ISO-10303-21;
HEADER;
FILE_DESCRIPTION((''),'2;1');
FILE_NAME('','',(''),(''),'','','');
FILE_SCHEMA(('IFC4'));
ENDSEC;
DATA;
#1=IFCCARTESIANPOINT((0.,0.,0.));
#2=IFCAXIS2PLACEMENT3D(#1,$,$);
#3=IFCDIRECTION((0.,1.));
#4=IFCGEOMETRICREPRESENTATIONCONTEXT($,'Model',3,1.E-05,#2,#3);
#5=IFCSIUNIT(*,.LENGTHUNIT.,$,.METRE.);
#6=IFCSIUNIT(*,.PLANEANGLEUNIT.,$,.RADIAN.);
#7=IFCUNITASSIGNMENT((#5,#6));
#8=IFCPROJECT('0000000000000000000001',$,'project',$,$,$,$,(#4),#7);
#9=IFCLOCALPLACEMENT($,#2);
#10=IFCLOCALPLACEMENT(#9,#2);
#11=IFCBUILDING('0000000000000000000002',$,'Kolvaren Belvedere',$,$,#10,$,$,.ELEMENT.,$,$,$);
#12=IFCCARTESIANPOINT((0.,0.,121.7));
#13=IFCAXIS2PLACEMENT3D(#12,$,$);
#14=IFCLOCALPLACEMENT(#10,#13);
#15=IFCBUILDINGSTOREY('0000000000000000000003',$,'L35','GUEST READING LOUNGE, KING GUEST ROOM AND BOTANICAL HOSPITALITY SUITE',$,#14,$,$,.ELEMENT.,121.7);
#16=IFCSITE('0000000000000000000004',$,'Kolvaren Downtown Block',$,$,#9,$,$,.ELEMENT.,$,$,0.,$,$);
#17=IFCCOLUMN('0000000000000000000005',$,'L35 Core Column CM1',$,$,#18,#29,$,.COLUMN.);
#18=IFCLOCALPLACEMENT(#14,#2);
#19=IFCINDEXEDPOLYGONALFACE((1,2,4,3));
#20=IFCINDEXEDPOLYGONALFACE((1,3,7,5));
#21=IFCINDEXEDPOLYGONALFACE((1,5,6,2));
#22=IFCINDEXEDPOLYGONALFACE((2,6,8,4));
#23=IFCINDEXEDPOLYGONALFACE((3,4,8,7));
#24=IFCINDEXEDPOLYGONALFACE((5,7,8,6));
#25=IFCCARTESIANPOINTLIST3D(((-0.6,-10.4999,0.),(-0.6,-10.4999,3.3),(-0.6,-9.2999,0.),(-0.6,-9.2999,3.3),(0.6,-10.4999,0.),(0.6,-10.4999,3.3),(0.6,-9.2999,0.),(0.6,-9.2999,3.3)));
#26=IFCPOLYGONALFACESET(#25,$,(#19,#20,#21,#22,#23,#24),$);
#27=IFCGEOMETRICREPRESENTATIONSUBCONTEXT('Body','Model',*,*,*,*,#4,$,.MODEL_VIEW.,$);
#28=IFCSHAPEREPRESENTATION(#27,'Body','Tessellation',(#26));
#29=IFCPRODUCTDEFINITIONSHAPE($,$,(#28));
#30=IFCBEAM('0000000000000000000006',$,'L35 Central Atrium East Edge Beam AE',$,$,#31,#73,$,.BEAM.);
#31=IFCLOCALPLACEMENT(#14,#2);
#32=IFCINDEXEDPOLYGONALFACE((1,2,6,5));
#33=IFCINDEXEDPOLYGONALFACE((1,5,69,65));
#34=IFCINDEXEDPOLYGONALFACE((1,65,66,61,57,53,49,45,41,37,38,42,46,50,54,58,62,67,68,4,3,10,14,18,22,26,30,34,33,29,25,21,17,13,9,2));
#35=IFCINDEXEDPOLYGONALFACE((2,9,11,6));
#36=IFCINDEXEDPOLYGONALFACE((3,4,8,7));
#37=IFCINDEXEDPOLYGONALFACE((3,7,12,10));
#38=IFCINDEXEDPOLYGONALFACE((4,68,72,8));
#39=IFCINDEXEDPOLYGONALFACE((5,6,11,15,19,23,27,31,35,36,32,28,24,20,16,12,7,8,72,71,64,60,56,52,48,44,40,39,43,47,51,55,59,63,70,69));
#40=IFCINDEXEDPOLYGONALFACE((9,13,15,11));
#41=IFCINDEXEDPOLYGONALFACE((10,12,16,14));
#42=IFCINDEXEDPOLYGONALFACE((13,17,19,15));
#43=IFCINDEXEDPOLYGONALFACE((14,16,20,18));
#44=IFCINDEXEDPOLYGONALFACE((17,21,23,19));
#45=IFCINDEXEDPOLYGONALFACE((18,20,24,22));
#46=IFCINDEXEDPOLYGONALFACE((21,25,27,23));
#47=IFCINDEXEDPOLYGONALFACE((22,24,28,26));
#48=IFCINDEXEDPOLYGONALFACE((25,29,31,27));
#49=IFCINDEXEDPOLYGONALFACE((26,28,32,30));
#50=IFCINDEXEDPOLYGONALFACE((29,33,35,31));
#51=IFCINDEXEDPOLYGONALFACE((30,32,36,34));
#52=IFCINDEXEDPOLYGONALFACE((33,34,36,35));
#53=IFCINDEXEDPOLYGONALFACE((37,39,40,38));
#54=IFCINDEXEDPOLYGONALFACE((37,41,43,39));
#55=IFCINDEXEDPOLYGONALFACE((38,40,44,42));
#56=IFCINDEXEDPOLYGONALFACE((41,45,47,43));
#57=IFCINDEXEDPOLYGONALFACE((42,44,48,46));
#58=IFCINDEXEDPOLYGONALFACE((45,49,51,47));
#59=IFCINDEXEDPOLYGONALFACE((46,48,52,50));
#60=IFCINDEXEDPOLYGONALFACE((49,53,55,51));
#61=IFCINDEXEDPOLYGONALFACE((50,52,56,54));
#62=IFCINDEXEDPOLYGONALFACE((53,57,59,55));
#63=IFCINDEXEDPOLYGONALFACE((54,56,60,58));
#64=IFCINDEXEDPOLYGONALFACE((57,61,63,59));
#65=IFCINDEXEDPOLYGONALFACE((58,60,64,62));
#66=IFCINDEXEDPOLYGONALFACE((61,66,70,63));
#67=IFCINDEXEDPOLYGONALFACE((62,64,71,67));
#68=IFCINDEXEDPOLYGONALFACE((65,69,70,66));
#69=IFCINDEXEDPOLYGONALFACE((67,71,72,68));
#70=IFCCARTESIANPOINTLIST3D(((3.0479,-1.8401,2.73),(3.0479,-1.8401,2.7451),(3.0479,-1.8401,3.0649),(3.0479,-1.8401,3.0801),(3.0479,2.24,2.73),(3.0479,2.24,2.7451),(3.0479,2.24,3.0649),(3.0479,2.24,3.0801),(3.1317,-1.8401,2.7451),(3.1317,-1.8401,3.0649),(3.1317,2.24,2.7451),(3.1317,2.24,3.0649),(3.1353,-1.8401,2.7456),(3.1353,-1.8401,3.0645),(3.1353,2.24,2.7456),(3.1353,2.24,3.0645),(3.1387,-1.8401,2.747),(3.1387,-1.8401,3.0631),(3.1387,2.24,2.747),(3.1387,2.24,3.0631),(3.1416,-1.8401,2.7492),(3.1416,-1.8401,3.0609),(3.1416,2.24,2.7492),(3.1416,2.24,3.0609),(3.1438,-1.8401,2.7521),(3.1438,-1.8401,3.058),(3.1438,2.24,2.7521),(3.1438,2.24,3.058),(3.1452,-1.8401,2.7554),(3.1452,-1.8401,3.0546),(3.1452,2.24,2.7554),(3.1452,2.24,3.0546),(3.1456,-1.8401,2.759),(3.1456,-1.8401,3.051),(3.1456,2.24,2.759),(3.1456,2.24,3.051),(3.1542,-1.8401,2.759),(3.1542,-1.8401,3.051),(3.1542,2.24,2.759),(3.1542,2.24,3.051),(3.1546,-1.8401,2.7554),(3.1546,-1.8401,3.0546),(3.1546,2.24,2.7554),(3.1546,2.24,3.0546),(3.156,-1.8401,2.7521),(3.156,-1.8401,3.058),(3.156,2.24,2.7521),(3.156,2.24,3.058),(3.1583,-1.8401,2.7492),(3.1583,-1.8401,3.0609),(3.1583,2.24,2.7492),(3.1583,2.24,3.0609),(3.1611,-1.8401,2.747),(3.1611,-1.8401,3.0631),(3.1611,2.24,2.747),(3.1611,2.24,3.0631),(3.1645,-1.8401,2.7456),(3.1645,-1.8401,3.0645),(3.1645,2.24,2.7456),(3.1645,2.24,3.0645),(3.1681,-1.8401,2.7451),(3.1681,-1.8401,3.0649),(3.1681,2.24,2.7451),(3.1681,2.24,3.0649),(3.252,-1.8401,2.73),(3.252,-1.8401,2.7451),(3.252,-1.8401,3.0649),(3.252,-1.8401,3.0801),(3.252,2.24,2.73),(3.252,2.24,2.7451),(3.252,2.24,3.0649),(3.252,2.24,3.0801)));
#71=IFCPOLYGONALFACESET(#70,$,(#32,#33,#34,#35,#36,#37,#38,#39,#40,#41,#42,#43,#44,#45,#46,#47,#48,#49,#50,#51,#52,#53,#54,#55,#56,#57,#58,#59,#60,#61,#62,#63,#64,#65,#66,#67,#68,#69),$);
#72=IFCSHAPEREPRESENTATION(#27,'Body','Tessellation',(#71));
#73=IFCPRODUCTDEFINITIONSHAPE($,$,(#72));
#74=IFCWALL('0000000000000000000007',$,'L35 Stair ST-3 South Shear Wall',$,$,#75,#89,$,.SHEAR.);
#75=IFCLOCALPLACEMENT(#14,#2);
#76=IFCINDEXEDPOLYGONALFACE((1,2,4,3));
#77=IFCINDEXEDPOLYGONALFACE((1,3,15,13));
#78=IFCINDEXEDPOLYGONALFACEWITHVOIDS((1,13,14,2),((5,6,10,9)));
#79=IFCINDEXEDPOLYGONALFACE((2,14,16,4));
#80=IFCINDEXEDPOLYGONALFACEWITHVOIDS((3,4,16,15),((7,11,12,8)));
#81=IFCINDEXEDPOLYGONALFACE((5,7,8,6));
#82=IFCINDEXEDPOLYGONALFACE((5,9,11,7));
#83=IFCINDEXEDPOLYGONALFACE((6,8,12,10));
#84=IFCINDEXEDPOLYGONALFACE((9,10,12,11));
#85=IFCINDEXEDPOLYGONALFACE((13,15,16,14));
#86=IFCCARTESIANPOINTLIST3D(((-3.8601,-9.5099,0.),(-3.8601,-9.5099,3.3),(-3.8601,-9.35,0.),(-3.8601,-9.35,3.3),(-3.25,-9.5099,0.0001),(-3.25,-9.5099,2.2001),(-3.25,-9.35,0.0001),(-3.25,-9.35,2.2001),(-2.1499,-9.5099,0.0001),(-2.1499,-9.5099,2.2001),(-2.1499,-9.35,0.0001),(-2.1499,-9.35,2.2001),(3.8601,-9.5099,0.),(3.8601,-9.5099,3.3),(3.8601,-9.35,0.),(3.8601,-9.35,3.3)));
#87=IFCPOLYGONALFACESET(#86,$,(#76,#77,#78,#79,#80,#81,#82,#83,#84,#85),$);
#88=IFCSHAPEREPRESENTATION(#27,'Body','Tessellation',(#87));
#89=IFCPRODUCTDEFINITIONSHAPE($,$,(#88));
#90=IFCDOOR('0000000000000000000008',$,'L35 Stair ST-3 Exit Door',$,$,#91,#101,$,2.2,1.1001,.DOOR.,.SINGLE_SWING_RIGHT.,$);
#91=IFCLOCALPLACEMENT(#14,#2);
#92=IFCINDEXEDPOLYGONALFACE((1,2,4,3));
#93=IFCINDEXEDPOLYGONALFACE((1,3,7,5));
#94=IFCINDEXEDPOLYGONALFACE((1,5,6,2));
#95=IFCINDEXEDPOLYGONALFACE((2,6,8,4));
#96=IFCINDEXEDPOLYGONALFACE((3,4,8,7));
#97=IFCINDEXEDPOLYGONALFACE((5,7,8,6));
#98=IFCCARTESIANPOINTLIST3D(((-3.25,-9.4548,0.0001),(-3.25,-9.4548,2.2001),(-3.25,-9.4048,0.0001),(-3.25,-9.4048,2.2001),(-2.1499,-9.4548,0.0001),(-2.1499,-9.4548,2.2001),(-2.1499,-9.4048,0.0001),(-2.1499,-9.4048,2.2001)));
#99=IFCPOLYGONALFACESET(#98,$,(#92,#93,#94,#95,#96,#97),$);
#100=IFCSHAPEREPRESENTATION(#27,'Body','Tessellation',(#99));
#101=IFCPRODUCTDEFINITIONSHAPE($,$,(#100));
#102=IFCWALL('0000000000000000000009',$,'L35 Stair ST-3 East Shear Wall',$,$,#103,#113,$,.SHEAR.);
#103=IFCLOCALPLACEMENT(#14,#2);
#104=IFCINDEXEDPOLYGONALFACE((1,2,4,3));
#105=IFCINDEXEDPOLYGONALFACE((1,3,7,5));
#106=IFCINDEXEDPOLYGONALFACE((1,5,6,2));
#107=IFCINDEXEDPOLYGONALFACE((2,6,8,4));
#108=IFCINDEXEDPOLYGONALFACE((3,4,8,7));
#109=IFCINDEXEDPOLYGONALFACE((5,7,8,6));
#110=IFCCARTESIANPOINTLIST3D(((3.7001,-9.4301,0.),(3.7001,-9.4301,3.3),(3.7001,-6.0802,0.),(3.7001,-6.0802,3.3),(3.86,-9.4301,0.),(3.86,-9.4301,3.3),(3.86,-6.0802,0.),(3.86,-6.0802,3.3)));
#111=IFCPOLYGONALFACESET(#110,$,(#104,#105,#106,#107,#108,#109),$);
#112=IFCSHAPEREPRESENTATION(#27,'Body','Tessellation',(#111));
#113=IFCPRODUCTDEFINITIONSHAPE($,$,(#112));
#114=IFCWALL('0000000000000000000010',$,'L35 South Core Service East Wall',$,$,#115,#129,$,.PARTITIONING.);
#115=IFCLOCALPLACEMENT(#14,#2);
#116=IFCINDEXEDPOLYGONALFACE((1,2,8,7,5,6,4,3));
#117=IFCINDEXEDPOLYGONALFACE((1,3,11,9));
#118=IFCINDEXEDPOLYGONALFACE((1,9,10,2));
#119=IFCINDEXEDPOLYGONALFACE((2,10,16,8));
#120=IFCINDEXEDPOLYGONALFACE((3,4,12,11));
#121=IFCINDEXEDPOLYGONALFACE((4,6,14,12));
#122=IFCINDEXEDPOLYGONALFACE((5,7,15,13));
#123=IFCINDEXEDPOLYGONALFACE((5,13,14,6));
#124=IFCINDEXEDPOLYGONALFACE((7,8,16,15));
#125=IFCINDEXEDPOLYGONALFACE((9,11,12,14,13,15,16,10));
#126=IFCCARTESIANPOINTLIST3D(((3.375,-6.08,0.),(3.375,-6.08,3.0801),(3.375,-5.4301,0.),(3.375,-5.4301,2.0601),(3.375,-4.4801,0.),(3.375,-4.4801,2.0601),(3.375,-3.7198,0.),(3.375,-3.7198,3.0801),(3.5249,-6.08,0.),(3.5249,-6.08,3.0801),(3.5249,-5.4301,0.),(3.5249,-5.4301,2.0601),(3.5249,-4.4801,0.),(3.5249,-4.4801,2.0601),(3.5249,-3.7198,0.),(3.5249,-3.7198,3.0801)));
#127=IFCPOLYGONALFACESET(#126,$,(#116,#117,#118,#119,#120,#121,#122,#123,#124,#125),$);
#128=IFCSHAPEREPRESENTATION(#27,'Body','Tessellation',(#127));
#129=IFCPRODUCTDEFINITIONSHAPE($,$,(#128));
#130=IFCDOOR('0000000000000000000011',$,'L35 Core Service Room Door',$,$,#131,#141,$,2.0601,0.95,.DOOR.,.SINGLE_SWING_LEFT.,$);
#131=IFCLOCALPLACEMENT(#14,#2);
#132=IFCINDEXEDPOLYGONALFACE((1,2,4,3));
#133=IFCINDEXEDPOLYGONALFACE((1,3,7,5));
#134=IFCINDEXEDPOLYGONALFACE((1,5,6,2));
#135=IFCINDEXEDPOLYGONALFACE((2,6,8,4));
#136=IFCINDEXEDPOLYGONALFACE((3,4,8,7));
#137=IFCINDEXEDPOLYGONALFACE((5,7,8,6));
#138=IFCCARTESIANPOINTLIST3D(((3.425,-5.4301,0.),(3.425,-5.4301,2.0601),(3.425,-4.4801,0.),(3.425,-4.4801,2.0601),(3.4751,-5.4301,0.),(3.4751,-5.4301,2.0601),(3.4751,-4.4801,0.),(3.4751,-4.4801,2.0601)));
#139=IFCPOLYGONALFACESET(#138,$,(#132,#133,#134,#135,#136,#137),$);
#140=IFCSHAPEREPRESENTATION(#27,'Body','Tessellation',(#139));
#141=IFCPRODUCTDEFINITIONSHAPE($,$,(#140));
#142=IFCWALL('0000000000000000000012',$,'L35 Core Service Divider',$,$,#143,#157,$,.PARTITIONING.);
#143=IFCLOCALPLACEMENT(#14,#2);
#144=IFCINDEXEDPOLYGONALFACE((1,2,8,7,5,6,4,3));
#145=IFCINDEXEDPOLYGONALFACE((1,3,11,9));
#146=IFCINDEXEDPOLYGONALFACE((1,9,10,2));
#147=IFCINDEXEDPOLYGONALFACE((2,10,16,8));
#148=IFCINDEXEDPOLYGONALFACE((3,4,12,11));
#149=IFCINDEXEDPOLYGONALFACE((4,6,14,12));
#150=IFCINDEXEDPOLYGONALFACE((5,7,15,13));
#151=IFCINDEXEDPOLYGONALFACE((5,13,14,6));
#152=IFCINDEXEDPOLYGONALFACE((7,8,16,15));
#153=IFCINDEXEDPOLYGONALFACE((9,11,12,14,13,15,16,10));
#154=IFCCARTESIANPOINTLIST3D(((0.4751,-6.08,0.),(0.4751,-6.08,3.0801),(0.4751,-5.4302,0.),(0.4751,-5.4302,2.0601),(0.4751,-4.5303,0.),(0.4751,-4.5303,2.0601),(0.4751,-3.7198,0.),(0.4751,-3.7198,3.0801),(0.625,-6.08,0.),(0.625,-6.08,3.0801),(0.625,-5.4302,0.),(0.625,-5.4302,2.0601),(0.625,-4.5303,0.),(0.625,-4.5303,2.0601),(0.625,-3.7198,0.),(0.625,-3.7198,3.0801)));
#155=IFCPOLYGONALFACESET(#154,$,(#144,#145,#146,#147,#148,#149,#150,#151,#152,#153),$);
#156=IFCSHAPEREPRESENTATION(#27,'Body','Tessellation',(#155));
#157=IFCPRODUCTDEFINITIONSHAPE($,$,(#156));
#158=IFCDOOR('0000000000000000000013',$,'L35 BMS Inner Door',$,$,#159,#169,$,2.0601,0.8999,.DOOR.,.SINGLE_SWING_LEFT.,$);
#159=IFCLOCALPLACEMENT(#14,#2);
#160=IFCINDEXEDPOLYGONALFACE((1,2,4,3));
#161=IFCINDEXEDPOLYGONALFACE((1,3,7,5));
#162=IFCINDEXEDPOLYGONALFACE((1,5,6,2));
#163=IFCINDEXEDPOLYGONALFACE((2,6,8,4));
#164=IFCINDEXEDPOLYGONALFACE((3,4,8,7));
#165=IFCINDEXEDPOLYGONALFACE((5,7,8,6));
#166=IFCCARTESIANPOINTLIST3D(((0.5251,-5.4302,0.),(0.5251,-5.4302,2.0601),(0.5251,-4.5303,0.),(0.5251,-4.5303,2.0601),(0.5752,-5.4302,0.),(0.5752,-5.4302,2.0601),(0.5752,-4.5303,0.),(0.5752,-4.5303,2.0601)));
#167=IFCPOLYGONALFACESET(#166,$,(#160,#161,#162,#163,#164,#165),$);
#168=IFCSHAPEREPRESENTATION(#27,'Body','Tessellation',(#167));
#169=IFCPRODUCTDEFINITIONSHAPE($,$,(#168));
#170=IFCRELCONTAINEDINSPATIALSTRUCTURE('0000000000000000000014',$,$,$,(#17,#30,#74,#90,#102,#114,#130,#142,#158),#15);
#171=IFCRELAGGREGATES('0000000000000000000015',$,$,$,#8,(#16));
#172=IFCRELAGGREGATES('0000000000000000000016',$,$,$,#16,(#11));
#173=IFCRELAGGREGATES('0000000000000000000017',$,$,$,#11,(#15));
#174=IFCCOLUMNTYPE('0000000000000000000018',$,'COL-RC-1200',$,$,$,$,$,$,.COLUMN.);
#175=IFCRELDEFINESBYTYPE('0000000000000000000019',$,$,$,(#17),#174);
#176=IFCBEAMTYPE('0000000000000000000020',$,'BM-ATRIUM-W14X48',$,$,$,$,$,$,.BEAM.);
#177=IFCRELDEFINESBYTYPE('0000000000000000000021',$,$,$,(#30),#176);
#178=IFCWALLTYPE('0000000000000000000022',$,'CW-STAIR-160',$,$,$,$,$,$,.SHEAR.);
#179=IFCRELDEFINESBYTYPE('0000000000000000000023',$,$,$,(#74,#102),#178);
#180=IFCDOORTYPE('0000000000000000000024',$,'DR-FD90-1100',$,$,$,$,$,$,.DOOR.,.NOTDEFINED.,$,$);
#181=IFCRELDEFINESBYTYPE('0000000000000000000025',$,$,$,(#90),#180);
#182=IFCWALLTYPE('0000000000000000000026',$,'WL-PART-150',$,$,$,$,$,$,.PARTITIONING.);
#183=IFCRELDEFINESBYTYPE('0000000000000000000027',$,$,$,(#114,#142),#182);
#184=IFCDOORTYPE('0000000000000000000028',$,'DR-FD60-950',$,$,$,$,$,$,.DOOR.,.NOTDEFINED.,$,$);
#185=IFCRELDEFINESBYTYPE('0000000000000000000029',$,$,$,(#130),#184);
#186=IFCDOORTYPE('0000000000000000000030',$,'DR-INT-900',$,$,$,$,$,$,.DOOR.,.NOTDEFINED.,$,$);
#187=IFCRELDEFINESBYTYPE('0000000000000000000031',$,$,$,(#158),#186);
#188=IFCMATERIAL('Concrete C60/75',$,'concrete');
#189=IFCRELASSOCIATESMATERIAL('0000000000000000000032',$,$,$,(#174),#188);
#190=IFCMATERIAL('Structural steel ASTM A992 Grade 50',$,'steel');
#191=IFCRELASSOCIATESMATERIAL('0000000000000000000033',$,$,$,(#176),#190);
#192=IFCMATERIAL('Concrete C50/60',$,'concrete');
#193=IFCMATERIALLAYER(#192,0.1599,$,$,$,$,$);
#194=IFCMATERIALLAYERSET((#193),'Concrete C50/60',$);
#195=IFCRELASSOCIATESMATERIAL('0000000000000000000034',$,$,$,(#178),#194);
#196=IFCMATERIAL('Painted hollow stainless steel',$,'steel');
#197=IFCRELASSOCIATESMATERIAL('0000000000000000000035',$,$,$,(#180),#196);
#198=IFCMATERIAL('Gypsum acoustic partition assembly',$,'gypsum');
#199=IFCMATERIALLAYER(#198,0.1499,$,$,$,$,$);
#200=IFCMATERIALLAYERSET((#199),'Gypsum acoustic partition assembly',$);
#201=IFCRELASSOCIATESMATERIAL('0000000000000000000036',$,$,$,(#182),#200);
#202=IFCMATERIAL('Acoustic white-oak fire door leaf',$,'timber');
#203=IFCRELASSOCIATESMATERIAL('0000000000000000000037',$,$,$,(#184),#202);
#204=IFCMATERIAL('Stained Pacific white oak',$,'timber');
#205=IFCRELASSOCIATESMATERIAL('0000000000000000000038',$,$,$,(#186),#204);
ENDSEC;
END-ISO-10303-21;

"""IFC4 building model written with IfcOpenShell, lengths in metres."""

from ifc_helpers import new_model, si_unit, direction, frame, frame_2d, origin, origin_2d, place, context, subcontext, project, spatial, rectangle, i_section, extrude, material, layer, layer_set, material_profile, profile_set, type_object, element, fill, save


model = new_model("IFC4")

# Units and contexts
model_context = context("Model", 3, precision=1e-05, world=origin(), true_north=direction((0.0, 1.0)))
body_context = subcontext(model_context, "Body", "Model", "MODEL_VIEW")
ifc_project = project(units=[si_unit("LENGTHUNIT", "METRE"), si_unit("PLANEANGLEUNIT", "RADIAN")], contexts=[model_context])

# Site, building, storey
site_placement = place(None, origin())
site = spatial("IfcSite", under=ifc_project, at=site_placement, Name="Kolvaren Downtown Block", CompositionType="ELEMENT", RefElevation=0.0)
building_placement = place(site_placement, origin())
building = spatial("IfcBuilding", under=site, at=building_placement, Name="Kolvaren Belvedere", CompositionType="ELEMENT")
storey_placement = place(building_placement, frame((0.0, 0.0, 121.7)))
storey = spatial("IfcBuildingStorey", under=building, at=storey_placement, Name="L35", Description="GUEST READING LOUNGE, KING GUEST ROOM AND BOTANICAL HOSPITALITY SUITE", CompositionType="ELEMENT", Elevation=121.7)

# Column
ifc_material_1 = material(Name="Concrete C60/75", Category="concrete")
ifc_material_profile_1 = material_profile(ifc_material_1, rectangle(XDim=1.2, YDim=1.2, at=origin_2d()), Name="RC 1200X1200")
ifc_profile_set_1 = profile_set([ifc_material_profile_1], Name="Concrete C60/75")
column_type = type_object("IfcColumnType", Name="COL-RC-1200", PredefinedType="COLUMN", material=ifc_profile_set_1)
column_placement = place(storey_placement, frame((0.0, -9.8999, 0.0), z_axis=(0.0, 0.0, 1.0), x_axis=(1.0, 0.0, 0.0)))
element("IfcColumn", 1, at=column_placement, inside=storey, type_object=column_type, Name="L35 Core Column CM1", PredefinedType="COLUMN", context=body_context, shape_type="SweptSolid", body=[
    extrude(rectangle(XDim=1.2, YDim=1.2, at=origin_2d()), origin(), (0.0, 0.0, 1.0), 3.3),
])

# Beam
ifc_material_2 = material(Name="Structural steel ASTM A992 Grade 50", Category="steel")
ifc_material_profile_2 = material_profile(ifc_material_2, i_section(OverallWidth=0.2041, OverallDepth=0.3501, WebThickness=0.0085, FlangeThickness=0.0151, FilletRadius=0.0139, at=origin_2d()), Name="W14X48")
ifc_profile_set_2 = profile_set([ifc_material_profile_2], Name="Structural steel ASTM A992 Grade 50")
beam_type = type_object("IfcBeamType", Name="BM-ATRIUM-W14X48", PredefinedType="BEAM", material=ifc_profile_set_2)
beam_placement = place(storey_placement, frame((3.1499, -1.8401, 2.905), z_axis=(0.0, 1.0, 0.0), x_axis=(-1.0, 0.0, 0.0)))
element("IfcBeam", 2, at=beam_placement, inside=storey, type_object=beam_type, Name="L35 Central Atrium East Edge Beam AE", PredefinedType="BEAM", context=body_context, shape_type="SweptSolid", body=[
    extrude(i_section(OverallWidth=0.2041, OverallDepth=0.3501, WebThickness=0.0085, FlangeThickness=0.0151, FilletRadius=0.0139, at=origin_2d()), origin(), (0.0, 0.0, 1.0), 4.0801),
])

# Wall, opening, door
ifc_material_3 = material(Name="Concrete C50/60", Category="concrete")
ifc_layer_1 = layer(ifc_material_3, 0.1599)
ifc_layer_set_1 = layer_set([ifc_layer_1], Name="Concrete C50/60")
wall_type_1 = type_object("IfcWallType", Name="CW-STAIR-160", PredefinedType="SHEAR", material=ifc_layer_set_1)
wall_1_placement = place(storey_placement, frame((3.8601, -9.4299, 0.0), z_axis=(0.0, 0.0, 1.0), x_axis=(-1.0, 0.0, 0.0)))
wall_1 = element("IfcWall", 3, at=wall_1_placement, inside=storey, type_object=wall_type_1, Name="L35 Stair ST-3 South Shear Wall", PredefinedType="SHEAR", context=body_context, shape_type="SweptSolid", body=[
    extrude(rectangle(XDim=7.7202, YDim=0.1599, at=frame_2d((3.8601, 0.0))), origin(), (0.0, 0.0, 1.0), 3.3),
])
opening_1_placement = place(wall_1_placement, frame((6.01, 0.0, 0.0)))
opening_1 = element("IfcOpeningElement", 4, at=opening_1_placement, cuts=wall_1, PredefinedType="OPENING", context=body_context, shape_type="SweptSolid", body=[
    extrude(rectangle(XDim=1.1001, YDim=2.2, at=frame_2d((0.55, 1.1001))), frame((0.0, 0.0898, 0.0), z_axis=(0.0, -1.0, 0.0), x_axis=(1.0, 0.0, 0.0)), (0.0, 0.0, 1.0), 0.1799),
])
ifc_material_4 = material(Name="Painted hollow stainless steel", Category="steel")
door_type_1 = type_object("IfcDoorType", Name="DR-FD90-1100", OperationType="NOTDEFINED", PredefinedType="DOOR", material=ifc_material_4)
door_1_placement = place(opening_1_placement, origin())
door_1 = element("IfcDoor", 5, at=door_1_placement, inside=storey, type_object=door_type_1, Name="L35 Stair ST-3 Exit Door", OperationType="SINGLE_SWING_RIGHT", OverallHeight=2.2, OverallWidth=1.1001, PredefinedType="DOOR", context=body_context, shape_type="SweptSolid", body=[
    extrude(rectangle(XDim=1.1001, YDim=2.2, at=frame_2d((0.55, 1.1001))), frame((0.0, 0.0249, 0.0), z_axis=(0.0, -1.0, 0.0), x_axis=(1.0, 0.0, 0.0)), (0.0, 0.0, 1.0), 0.05),
])
fill(opening_1, door_1)

# Wall
wall_2_placement = place(storey_placement, frame((3.78, -9.4299, 0.0), z_axis=(0.0, 0.0, 1.0), x_axis=(0.0, 1.0, 0.0)))
element("IfcWall", 6, at=wall_2_placement, inside=storey, type_object=wall_type_1, Name="L35 Stair ST-3 East Shear Wall", PredefinedType="SHEAR", context=body_context, shape_type="SweptSolid", body=[
    extrude(rectangle(XDim=3.3499, YDim=0.1599, at=frame_2d((1.6748, 0.0))), origin(), (0.0, 0.0, 1.0), 3.3),
])

# Walls, openings, doors
ifc_material_5 = material(Name="Gypsum acoustic partition assembly", Category="gypsum")
ifc_layer_2 = layer(ifc_material_5, 0.1499)
ifc_layer_set_2 = layer_set([ifc_layer_2], Name="Gypsum acoustic partition assembly")
wall_type_2 = type_object("IfcWallType", Name="WL-PART-150", PredefinedType="PARTITIONING", material=ifc_layer_set_2)
wall_3_placement = place(storey_placement, frame((3.45, -6.0801, 0.0), z_axis=(0.0, 0.0, 1.0), x_axis=(0.0, 1.0, 0.0)))
wall_3 = element("IfcWall", 7, at=wall_3_placement, inside=storey, type_object=wall_type_2, Name="L35 South Core Service East Wall", PredefinedType="PARTITIONING", context=body_context, shape_type="SweptSolid", body=[
    extrude(rectangle(XDim=2.3601, YDim=0.1499, at=frame_2d((1.1802, 0.0))), origin(), (0.0, 0.0, 1.0), 3.0801),
])
opening_2_placement = place(wall_3_placement, frame((0.6499, 0.0, 0.0)))
opening_2 = element("IfcOpeningElement", 8, at=opening_2_placement, cuts=wall_3, PredefinedType="OPENING", context=body_context, shape_type="SweptSolid", body=[
    extrude(rectangle(XDim=0.95, YDim=2.0601, at=frame_2d((0.4751, 1.03))), frame((0.0, 0.085, 0.0), z_axis=(0.0, -1.0, 0.0), x_axis=(1.0, 0.0, 0.0)), (0.0, 0.0, 1.0), 0.1699),
])
ifc_material_6 = material(Name="Acoustic white-oak fire door leaf", Category="timber")
door_type_2 = type_object("IfcDoorType", Name="DR-FD60-950", OperationType="NOTDEFINED", PredefinedType="DOOR", material=ifc_material_6)
door_2_placement = place(opening_2_placement, origin())
door_2 = element("IfcDoor", 9, at=door_2_placement, inside=storey, type_object=door_type_2, Name="L35 Core Service Room Door", OperationType="SINGLE_SWING_LEFT", OverallHeight=2.0601, OverallWidth=0.95, PredefinedType="DOOR", context=body_context, shape_type="SweptSolid", body=[
    extrude(rectangle(XDim=0.95, YDim=2.0601, at=frame_2d((0.4751, 1.03))), frame((0.0, 0.0249, 0.0), z_axis=(0.0, -1.0, 0.0), x_axis=(1.0, 0.0, 0.0)), (0.0, 0.0, 1.0), 0.05),
])
fill(opening_2, door_2)
wall_4_placement = place(storey_placement, frame((0.55, -6.0801, 0.0), z_axis=(0.0, 0.0, 1.0), x_axis=(0.0, 1.0, 0.0)))
wall_4 = element("IfcWall", 10, at=wall_4_placement, inside=storey, type_object=wall_type_2, Name="L35 Core Service Divider", PredefinedType="PARTITIONING", context=body_context, shape_type="SweptSolid", body=[
    extrude(rectangle(XDim=2.3601, YDim=0.1499, at=frame_2d((1.1802, 0.0))), origin(), (0.0, 0.0, 1.0), 3.0801),
])
opening_3_placement = place(wall_4_placement, frame((0.6499, 0.0, 0.0)))
opening_3 = element("IfcOpeningElement", 11, at=opening_3_placement, cuts=wall_4, PredefinedType="OPENING", context=body_context, shape_type="SweptSolid", body=[
    extrude(rectangle(XDim=0.8999, YDim=2.0601, at=frame_2d((0.45, 1.03))), frame((0.0, 0.085, 0.0), z_axis=(0.0, -1.0, 0.0), x_axis=(1.0, 0.0, 0.0)), (0.0, 0.0, 1.0), 0.1699),
])
ifc_material_7 = material(Name="Stained Pacific white oak", Category="timber")
door_type_3 = type_object("IfcDoorType", Name="DR-INT-900", OperationType="NOTDEFINED", PredefinedType="DOOR", material=ifc_material_7)
door_3_placement = place(opening_3_placement, origin())
door_3 = element("IfcDoor", 12, at=door_3_placement, inside=storey, type_object=door_type_3, Name="L35 BMS Inner Door", OperationType="SINGLE_SWING_LEFT", OverallHeight=2.0601, OverallWidth=0.8999, PredefinedType="DOOR", context=body_context, shape_type="SweptSolid", body=[
    extrude(rectangle(XDim=0.8999, YDim=2.0601, at=frame_2d((0.45, 1.03))), frame((0.0, 0.0249, 0.0), z_axis=(0.0, -1.0, 0.0), x_axis=(1.0, 0.0, 0.0)), (0.0, 0.0, 1.0), 0.05),
])
fill(opening_3, door_3)

save(model, "model.ifc")
